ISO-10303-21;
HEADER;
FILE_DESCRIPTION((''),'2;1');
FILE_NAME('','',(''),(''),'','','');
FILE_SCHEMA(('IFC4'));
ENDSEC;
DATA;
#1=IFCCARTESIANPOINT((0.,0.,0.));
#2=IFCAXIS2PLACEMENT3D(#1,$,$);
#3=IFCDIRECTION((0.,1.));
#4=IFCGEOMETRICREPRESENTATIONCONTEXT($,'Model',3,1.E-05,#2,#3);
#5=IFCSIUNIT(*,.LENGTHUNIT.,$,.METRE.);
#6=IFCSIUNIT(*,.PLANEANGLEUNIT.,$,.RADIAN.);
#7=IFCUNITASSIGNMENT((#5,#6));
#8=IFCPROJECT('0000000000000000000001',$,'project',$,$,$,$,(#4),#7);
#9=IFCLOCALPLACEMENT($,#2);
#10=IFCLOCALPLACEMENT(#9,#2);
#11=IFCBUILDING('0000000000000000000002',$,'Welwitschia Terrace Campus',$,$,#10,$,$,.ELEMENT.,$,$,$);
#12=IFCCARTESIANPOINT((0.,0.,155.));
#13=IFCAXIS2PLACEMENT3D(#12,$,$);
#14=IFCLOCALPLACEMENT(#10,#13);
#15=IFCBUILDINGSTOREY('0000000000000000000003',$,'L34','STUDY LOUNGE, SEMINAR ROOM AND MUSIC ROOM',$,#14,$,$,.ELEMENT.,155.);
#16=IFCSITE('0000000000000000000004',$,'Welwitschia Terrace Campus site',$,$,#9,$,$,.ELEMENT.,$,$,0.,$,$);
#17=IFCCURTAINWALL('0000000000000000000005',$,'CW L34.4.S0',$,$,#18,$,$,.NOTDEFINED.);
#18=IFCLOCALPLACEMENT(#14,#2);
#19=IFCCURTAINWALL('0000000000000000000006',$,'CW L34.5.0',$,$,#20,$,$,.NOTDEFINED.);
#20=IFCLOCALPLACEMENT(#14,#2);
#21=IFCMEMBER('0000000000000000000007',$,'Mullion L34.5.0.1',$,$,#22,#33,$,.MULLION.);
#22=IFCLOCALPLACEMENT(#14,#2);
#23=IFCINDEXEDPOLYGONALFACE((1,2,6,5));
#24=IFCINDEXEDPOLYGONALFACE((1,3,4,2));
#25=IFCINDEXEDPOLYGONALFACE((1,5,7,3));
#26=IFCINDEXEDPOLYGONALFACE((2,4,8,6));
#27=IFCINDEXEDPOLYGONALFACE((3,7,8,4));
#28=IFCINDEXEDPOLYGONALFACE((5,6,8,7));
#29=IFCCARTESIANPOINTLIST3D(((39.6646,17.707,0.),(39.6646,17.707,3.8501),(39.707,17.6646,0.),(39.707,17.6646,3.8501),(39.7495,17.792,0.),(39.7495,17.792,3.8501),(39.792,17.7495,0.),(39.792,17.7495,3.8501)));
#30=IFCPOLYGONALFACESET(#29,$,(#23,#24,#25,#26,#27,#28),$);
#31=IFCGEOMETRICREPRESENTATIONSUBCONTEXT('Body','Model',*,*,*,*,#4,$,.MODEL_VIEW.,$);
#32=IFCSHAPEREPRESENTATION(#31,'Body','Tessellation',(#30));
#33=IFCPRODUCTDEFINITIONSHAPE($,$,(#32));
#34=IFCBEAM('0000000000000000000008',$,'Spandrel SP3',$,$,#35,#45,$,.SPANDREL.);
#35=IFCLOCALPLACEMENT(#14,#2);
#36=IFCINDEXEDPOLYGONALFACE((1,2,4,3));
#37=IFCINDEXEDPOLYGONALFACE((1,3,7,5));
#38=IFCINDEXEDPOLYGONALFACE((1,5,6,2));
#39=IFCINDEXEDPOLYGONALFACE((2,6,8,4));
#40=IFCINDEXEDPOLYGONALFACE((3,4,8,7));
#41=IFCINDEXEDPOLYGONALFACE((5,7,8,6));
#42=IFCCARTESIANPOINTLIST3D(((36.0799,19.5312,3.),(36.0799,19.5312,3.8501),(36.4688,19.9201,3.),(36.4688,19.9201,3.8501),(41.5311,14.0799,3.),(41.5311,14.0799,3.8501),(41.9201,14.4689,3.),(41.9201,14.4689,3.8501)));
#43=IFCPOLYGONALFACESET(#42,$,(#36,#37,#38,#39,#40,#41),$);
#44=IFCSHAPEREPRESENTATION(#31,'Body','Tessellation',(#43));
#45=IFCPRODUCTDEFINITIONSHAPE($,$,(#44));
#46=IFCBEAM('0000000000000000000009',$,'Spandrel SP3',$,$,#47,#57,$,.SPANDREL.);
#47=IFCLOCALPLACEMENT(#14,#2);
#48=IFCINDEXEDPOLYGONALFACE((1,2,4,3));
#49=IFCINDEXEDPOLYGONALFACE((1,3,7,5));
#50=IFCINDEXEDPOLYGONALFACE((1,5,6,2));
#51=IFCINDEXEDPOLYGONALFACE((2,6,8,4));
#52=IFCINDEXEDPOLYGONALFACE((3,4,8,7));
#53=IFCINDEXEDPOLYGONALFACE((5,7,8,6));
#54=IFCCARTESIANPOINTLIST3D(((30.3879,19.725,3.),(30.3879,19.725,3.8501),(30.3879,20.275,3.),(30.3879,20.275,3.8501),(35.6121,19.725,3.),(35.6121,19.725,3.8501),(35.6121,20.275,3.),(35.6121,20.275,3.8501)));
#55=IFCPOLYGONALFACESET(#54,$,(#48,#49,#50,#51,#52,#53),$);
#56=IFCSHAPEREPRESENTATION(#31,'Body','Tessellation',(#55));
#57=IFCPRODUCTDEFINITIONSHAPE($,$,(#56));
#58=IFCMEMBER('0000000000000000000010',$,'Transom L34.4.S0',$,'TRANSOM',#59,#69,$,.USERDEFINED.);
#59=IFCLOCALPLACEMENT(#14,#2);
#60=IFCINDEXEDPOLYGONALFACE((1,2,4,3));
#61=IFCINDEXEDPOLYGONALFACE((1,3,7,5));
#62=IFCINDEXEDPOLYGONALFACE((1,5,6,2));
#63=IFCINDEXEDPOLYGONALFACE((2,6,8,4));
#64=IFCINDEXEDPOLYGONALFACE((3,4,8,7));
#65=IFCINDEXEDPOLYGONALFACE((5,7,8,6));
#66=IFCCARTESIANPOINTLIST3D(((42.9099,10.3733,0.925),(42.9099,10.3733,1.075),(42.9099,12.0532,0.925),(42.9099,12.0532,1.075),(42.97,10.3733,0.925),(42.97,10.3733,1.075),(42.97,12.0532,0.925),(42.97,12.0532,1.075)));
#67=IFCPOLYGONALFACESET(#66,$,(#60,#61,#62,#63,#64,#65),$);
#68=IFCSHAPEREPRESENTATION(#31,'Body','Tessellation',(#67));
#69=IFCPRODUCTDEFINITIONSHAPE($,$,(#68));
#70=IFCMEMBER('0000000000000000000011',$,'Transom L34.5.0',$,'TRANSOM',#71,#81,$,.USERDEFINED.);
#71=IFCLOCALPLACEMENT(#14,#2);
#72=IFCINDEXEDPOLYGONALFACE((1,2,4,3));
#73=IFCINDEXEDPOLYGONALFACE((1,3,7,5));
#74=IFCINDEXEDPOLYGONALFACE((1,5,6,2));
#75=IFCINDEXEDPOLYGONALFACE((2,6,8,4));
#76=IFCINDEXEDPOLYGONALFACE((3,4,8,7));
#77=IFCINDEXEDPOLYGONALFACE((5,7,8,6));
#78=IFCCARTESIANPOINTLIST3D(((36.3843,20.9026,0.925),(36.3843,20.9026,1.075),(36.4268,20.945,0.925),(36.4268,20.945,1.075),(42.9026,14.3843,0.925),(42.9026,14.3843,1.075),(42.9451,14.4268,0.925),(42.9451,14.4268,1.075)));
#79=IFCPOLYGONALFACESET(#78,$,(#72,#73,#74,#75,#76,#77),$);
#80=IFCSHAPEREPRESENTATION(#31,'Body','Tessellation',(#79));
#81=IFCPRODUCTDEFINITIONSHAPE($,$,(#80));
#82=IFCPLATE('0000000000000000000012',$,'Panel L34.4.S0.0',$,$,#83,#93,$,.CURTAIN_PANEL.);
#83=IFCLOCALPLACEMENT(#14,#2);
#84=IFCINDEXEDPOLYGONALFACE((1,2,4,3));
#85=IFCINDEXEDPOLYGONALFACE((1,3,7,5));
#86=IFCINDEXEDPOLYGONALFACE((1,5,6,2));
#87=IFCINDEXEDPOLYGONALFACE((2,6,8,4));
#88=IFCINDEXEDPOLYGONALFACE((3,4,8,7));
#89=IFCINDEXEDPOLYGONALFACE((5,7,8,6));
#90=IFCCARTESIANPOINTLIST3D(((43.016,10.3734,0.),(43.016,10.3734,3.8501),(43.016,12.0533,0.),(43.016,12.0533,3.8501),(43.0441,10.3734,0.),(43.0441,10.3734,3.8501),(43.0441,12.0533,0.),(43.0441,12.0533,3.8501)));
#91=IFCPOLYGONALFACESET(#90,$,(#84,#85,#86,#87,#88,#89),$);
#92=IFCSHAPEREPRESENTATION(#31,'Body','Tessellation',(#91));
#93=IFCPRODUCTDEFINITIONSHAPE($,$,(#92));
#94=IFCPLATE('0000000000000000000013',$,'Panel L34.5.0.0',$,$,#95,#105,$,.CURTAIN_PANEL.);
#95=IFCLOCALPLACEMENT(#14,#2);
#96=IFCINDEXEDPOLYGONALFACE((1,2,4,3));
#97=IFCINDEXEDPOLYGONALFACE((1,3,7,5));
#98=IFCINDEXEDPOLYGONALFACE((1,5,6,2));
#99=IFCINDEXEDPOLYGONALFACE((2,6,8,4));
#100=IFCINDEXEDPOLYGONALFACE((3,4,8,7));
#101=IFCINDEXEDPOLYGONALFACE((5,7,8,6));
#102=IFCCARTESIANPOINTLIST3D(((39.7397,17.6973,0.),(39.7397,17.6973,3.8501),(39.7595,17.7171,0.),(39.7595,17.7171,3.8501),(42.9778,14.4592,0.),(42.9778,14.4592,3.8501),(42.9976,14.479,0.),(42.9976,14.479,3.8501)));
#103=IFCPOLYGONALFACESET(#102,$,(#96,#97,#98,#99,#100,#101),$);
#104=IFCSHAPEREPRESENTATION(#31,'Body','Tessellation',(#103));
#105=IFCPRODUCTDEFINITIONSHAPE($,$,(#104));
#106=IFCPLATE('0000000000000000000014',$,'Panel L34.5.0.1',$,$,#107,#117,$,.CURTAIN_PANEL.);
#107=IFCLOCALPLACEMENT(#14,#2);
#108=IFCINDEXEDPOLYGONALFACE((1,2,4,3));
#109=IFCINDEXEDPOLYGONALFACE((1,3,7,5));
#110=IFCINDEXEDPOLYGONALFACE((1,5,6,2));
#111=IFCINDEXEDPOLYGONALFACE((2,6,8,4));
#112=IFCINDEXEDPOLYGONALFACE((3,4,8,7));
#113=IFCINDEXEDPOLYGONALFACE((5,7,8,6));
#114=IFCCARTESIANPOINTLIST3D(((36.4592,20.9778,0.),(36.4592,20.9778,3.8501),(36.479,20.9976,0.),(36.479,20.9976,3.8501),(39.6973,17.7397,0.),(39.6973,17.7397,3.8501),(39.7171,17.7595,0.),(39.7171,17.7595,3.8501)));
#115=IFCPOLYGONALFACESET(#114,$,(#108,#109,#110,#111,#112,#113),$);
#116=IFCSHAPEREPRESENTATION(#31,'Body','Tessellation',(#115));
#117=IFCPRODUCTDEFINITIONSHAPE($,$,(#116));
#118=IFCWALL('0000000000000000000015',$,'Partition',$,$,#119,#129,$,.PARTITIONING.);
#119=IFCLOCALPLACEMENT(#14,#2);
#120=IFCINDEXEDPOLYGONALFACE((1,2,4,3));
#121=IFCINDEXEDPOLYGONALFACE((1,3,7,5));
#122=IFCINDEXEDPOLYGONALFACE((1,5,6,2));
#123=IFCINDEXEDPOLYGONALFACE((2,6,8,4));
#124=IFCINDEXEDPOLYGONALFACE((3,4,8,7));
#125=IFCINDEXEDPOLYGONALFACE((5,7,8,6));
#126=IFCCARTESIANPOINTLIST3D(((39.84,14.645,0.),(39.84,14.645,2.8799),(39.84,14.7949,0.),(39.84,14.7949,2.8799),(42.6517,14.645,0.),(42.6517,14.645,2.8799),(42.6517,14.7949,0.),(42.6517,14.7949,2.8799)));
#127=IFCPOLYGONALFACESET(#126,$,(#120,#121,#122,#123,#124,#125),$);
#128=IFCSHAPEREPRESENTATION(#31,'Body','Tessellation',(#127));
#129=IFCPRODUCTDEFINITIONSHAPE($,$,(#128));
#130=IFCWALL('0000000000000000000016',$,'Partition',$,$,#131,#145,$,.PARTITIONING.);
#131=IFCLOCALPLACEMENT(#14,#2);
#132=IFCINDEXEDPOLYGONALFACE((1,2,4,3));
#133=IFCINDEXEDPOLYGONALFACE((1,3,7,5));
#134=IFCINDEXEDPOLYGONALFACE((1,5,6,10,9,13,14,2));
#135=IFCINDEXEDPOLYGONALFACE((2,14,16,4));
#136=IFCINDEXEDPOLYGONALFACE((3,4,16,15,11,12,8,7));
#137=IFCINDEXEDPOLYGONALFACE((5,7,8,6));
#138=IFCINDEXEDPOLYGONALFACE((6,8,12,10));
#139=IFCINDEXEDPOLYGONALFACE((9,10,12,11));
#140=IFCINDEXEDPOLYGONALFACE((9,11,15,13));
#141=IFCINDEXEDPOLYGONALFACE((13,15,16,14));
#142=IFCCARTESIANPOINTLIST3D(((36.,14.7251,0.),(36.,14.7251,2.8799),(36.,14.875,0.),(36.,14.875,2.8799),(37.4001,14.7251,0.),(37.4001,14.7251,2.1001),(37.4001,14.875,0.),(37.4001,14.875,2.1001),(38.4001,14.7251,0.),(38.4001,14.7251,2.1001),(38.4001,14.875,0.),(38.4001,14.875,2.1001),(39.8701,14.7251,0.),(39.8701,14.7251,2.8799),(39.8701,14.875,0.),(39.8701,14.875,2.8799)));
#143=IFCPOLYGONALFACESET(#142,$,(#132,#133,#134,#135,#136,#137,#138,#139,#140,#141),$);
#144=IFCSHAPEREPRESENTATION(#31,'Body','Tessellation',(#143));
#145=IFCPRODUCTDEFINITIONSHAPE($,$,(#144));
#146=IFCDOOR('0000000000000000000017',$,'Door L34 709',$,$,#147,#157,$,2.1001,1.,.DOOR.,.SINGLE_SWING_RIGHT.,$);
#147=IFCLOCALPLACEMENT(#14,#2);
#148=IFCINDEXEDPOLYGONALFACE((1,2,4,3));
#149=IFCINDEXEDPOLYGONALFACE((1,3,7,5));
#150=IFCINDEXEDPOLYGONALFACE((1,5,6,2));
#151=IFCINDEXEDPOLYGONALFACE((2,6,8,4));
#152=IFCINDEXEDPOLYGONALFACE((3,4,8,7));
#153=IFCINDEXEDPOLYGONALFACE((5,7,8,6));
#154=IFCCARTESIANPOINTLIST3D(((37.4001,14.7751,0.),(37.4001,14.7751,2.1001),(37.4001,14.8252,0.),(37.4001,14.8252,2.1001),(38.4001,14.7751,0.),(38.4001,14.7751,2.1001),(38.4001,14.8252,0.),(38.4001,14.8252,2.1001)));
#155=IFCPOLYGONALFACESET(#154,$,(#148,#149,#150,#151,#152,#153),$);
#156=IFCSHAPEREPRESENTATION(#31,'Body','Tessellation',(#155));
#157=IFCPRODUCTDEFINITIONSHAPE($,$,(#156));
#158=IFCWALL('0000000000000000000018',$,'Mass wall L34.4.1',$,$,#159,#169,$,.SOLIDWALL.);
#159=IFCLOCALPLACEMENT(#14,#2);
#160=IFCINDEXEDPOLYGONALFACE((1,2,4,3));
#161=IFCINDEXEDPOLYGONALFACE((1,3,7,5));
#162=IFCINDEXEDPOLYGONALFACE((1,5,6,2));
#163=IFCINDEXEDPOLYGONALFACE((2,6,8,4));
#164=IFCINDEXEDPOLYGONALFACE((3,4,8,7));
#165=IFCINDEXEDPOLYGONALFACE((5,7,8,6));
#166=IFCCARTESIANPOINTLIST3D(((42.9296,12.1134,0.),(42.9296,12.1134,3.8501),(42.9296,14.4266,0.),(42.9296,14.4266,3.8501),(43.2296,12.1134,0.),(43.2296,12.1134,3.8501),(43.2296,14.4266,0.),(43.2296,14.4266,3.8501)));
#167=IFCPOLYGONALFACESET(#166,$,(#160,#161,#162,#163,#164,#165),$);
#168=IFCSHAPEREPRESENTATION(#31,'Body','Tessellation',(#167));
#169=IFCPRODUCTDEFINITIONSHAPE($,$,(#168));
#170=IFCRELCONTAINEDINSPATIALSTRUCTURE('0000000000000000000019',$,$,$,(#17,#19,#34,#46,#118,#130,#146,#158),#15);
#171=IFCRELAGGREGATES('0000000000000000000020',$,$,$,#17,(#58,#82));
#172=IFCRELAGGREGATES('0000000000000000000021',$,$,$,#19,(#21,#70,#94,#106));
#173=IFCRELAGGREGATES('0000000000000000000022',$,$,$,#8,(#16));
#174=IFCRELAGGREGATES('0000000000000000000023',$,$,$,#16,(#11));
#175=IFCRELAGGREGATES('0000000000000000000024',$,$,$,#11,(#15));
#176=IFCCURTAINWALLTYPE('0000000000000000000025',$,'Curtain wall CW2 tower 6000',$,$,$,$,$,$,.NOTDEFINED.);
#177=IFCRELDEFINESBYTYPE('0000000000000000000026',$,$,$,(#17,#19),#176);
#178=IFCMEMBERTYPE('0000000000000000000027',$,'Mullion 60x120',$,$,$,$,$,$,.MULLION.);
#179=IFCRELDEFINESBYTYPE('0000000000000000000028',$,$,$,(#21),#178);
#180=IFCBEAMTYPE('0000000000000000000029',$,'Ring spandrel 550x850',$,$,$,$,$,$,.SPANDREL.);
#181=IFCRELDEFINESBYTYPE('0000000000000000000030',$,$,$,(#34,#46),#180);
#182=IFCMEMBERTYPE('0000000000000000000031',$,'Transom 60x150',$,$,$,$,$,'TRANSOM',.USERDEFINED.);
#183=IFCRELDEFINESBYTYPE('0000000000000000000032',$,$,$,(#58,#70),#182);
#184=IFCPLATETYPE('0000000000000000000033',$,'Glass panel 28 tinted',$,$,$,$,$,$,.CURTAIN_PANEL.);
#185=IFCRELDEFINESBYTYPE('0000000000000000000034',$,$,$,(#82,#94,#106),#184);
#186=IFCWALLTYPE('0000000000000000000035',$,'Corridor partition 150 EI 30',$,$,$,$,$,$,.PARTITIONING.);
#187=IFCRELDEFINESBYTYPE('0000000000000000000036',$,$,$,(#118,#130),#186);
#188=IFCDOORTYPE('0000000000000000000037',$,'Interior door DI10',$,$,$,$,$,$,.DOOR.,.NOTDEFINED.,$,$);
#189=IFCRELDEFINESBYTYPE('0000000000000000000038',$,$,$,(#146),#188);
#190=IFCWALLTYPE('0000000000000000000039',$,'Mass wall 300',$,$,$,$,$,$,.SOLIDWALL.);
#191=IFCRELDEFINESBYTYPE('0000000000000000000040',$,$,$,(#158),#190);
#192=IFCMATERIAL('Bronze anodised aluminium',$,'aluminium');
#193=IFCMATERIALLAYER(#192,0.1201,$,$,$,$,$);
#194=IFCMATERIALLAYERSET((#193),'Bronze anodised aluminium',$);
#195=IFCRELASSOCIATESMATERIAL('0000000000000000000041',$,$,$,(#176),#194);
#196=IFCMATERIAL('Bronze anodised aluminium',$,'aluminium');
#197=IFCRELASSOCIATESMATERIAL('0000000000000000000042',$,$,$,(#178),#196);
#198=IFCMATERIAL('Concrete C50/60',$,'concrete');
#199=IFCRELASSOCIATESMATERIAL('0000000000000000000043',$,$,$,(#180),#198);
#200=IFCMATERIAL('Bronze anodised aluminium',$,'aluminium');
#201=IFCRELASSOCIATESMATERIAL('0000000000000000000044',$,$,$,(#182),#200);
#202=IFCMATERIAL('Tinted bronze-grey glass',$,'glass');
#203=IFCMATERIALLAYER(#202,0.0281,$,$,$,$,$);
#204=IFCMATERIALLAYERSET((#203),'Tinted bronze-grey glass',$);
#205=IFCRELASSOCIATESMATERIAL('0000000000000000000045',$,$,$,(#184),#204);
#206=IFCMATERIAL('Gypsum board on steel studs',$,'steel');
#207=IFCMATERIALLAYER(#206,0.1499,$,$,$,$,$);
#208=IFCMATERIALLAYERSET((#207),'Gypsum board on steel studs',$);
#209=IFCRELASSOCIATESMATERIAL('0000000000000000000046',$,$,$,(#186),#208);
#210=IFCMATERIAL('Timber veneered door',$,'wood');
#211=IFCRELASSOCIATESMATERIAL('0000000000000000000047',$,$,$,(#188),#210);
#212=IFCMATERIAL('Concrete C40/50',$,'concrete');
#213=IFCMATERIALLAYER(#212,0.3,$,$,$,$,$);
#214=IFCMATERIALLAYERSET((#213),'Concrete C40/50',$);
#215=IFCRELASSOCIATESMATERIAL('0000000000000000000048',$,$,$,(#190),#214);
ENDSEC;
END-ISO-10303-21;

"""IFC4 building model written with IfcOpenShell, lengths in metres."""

from ifc_helpers import new_model, si_unit, direction, frame, frame_2d, origin, origin_2d, place, context, subcontext, project, spatial, rectangle, extrude, material, layer, layer_set, material_profile, profile_set, type_object, element, fill, aggregate, save


model = new_model("IFC4")

# Units and contexts
model_context = context("Model", 3, precision=1e-05, world=origin(), true_north=direction((0.0, 1.0)))
body_context = subcontext(model_context, "Body", "Model", "MODEL_VIEW")
ifc_project = project(units=[si_unit("LENGTHUNIT", "METRE"), si_unit("PLANEANGLEUNIT", "RADIAN")], contexts=[model_context])

# Site, building, storey
site_placement = place(None, origin())
site = spatial("IfcSite", under=ifc_project, at=site_placement, Name="Welwitschia Terrace Campus site", CompositionType="ELEMENT", RefElevation=0.0)
building_placement = place(site_placement, origin())
building = spatial("IfcBuilding", under=site, at=building_placement, Name="Welwitschia Terrace Campus", CompositionType="ELEMENT")
storey_placement = place(building_placement, frame((0.0, 0.0, 155.0)))
storey = spatial("IfcBuildingStorey", under=building, at=storey_placement, Name="L34", Description="STUDY LOUNGE, SEMINAR ROOM AND MUSIC ROOM", CompositionType="ELEMENT", Elevation=155.0)

# Curtain walls, member
ifc_material_1 = material(Name="Bronze anodised aluminium", Category="aluminium")
ifc_layer_1 = layer(ifc_material_1, 0.1201)
ifc_layer_set_1 = layer_set([ifc_layer_1], Name="Bronze anodised aluminium")
curtain_wall_type = type_object("IfcCurtainWallType", Name="Curtain wall CW2 tower 6000", PredefinedType="NOTDEFINED", material=ifc_layer_set_1)
curtain_wall_1_placement = place(storey_placement, origin())
curtain_wall_1 = element("IfcCurtainWall", 1, at=curtain_wall_1_placement, inside=storey, type_object=curtain_wall_type, Name="CW L34.4.S0", PredefinedType="NOTDEFINED")
ifc_material_2 = material(Name="Bronze anodised aluminium", Category="aluminium")
ifc_material_profile_1 = material_profile(ifc_material_2, rectangle(XDim=0.1201, YDim=0.0601, at=origin_2d()))
ifc_profile_set_1 = profile_set([ifc_material_profile_1], Name="Bronze anodised aluminium")
member_type_1 = type_object("IfcMemberType", Name="Mullion 60x120", PredefinedType="MULLION", material=ifc_profile_set_1)
curtain_wall_2_placement = place(storey_placement, origin())
curtain_wall_2 = element("IfcCurtainWall", 2, at=curtain_wall_2_placement, inside=storey, type_object=curtain_wall_type, Name="CW L34.5.0", PredefinedType="NOTDEFINED")
member_1_placement = place(storey_placement, frame((39.7283, 17.7283, 0.0), z_axis=(0.0, 0.0, 1.0), x_axis=(-0.707107, -0.707107, 0.0)))
member_1 = element("IfcMember", 3, at=member_1_placement, type_object=member_type_1, Name="Mullion L34.5.0.1", PredefinedType="MULLION", context=body_context, shape_type="SweptSolid", body=[
    extrude(rectangle(XDim=0.1201, YDim=0.0601, at=origin_2d()), origin(), (0.0, 0.0, 1.0), 3.8501),
])

# Beams
ifc_material_3 = material(Name="Concrete C50/60", Category="concrete")
ifc_material_profile_2 = material_profile(ifc_material_3, rectangle(XDim=0.55, YDim=0.8501, at=origin_2d()))
ifc_profile_set_2 = profile_set([ifc_material_profile_2], Name="Concrete C50/60")
beam_type_1 = type_object("IfcBeamType", Name="Ring spandrel 550x850", PredefinedType="SPANDREL", material=ifc_profile_set_2)
beam_1_placement = place(storey_placement, frame((41.7256, 14.2744, 3.425), z_axis=(-0.707107, 0.707107, 0.0), x_axis=(-0.707107, -0.707107, 0.0)))
element("IfcBeam", 4, at=beam_1_placement, inside=storey, type_object=beam_type_1, Name="Spandrel SP3", PredefinedType="SPANDREL", context=body_context, shape_type="SweptSolid", body=[
    extrude(rectangle(XDim=0.55, YDim=0.8501, at=origin_2d()), origin(), (0.0, 0.0, 1.0), 7.7092),
])
beam_2_placement = place(storey_placement, frame((35.6121, 20.0, 3.425), z_axis=(-1.0, 0.0, 0.0), x_axis=(0.0, -1.0, 0.0)))
element("IfcBeam", 5, at=beam_2_placement, inside=storey, type_object=beam_type_1, Name="Spandrel SP3", PredefinedType="SPANDREL", context=body_context, shape_type="SweptSolid", body=[
    extrude(rectangle(XDim=0.55, YDim=0.8501, at=origin_2d()), origin(), (0.0, 0.0, 1.0), 5.2241),
])

# Members
ifc_material_4 = material(Name="Bronze anodised aluminium", Category="aluminium")
ifc_material_profile_3 = material_profile(ifc_material_4, rectangle(XDim=0.0601, YDim=0.1499, at=origin_2d()))
ifc_profile_set_3 = profile_set([ifc_material_profile_3], Name="Bronze anodised aluminium")
member_type_2 = type_object("IfcMemberType", Name="Transom 60x150", ElementType="TRANSOM", PredefinedType="USERDEFINED", material=ifc_profile_set_3)
member_2_placement = place(storey_placement, frame((42.9399, 10.3733, 1.0), z_axis=(0.0, 1.0, 0.0), x_axis=(-1.0, 0.0, 0.0)))
member_2 = element("IfcMember", 6, at=member_2_placement, type_object=member_type_2, Name="Transom L34.4.S0", ObjectType="TRANSOM", PredefinedType="USERDEFINED", context=body_context, shape_type="SweptSolid", body=[
    extrude(rectangle(XDim=0.0601, YDim=0.1499, at=origin_2d()), origin(), (0.0, 0.0, 1.0), 1.6799),
])
member_3_placement = place(storey_placement, frame((42.9238, 14.4055, 1.0), z_axis=(-0.707107, 0.707107, 0.0), x_axis=(-0.707107, -0.707107, 0.0)))
member_3 = element("IfcMember", 7, at=member_3_placement, type_object=member_type_2, Name="Transom L34.5.0", ObjectType="TRANSOM", PredefinedType="USERDEFINED", context=body_context, shape_type="SweptSolid", body=[
    extrude(rectangle(XDim=0.0601, YDim=0.1499, at=origin_2d()), origin(), (0.0, 0.0, 1.0), 9.2183),
])

# Plates
ifc_material_5 = material(Name="Tinted bronze-grey glass", Category="glass")
ifc_layer_2 = layer(ifc_material_5, 0.0281)
ifc_layer_set_2 = layer_set([ifc_layer_2], Name="Tinted bronze-grey glass")
plate_type = type_object("IfcPlateType", Name="Glass panel 28 tinted", PredefinedType="CURTAIN_PANEL", material=ifc_layer_set_2)
plate_1_placement = place(storey_placement, frame((43.03, 11.2134, 0.0), z_axis=(0.0, 0.0, 1.0), x_axis=(0.0, 1.0, 0.0)))
plate_1 = element("IfcPlate", 8, at=plate_1_placement, type_object=plate_type, Name="Panel L34.4.S0.0", PredefinedType="CURTAIN_PANEL", context=body_context, shape_type="SweptSolid", body=[
    extrude(rectangle(XDim=1.6799, YDim=0.0281, at=origin_2d()), origin(), (0.0, 0.0, 1.0), 3.8501),
])
aggregate(curtain_wall_1, [member_2, plate_1])
plate_2_placement = place(storey_placement, frame((41.3687, 16.0881, 0.0), z_axis=(0.0, 0.0, 1.0), x_axis=(-0.707107, 0.707107, 0.0)))
plate_2 = element("IfcPlate", 9, at=plate_2_placement, type_object=plate_type, Name="Panel L34.5.0.0", PredefinedType="CURTAIN_PANEL", context=body_context, shape_type="SweptSolid", body=[
    extrude(rectangle(XDim=4.5793, YDim=0.0281, at=origin_2d()), origin(), (0.0, 0.0, 1.0), 3.8501),
])
plate_3_placement = place(storey_placement, frame((38.0881, 19.3687, 0.0), z_axis=(0.0, 0.0, 1.0), x_axis=(-0.707107, 0.707107, 0.0)))
plate_3 = element("IfcPlate", 10, at=plate_3_placement, type_object=plate_type, Name="Panel L34.5.0.1", PredefinedType="CURTAIN_PANEL", context=body_context, shape_type="SweptSolid", body=[
    extrude(rectangle(XDim=4.5793, YDim=0.0281, at=origin_2d()), origin(), (0.0, 0.0, 1.0), 3.8501),
])
aggregate(curtain_wall_2, [member_1, member_3, plate_2, plate_3])

# Wall
ifc_material_6 = material(Name="Gypsum board on steel studs", Category="steel")
ifc_layer_3 = layer(ifc_material_6, 0.1499)
ifc_layer_set_3 = layer_set([ifc_layer_3], Name="Gypsum board on steel studs")
wall_type_1 = type_object("IfcWallType", Name="Corridor partition 150 EI 30", PredefinedType="PARTITIONING", material=ifc_layer_set_3)
wall_1_placement = place(storey_placement, frame((39.8401, 14.72, 0.0), z_axis=(0.0, 0.0, 1.0), x_axis=(1.0, 0.0, 0.0)))
element("IfcWall", 11, at=wall_1_placement, inside=storey, type_object=wall_type_1, Name="Partition", PredefinedType="PARTITIONING", context=body_context, shape_type="SweptSolid", body=[
    extrude(rectangle(XDim=2.8118, YDim=0.1499, at=frame_2d((1.4058, 0.0))), origin(), (0.0, 0.0, 1.0), 2.8799),
])

# Wall, opening, door
wall_2_placement = place(storey_placement, frame((39.8701, 14.8, 0.0), z_axis=(0.0, 0.0, 1.0), x_axis=(-1.0, 0.0, 0.0)))
wall_2 = element("IfcWall", 12, at=wall_2_placement, inside=storey, type_object=wall_type_1, Name="Partition", PredefinedType="PARTITIONING", context=body_context, shape_type="SweptSolid", body=[
    extrude(rectangle(XDim=3.8701, YDim=0.1499, at=frame_2d((1.9351, 0.0))), origin(), (0.0, 0.0, 1.0), 2.8799),
])
opening_placement = place(wall_2_placement, frame((1.47, 0.0, 0.0)))
opening = element("IfcOpeningElement", 13, at=opening_placement, cuts=wall_2, PredefinedType="OPENING", context=body_context, shape_type="SweptSolid", body=[
    extrude(rectangle(XDim=1.0, YDim=2.1001, at=frame_2d((0.5, 1.05))), frame((0.0, 0.085, 0.0), z_axis=(0.0, -1.0, 0.0), x_axis=(1.0, 0.0, 0.0)), (0.0, 0.0, 1.0), 0.1699),
])
ifc_material_7 = material(Name="Timber veneered door", Category="wood")
door_type = type_object("IfcDoorType", Name="Interior door DI10", OperationType="NOTDEFINED", PredefinedType="DOOR", material=ifc_material_7)
door_placement = place(opening_placement, origin())
door = element("IfcDoor", 14, at=door_placement, inside=storey, type_object=door_type, Name="Door L34 709", OperationType="SINGLE_SWING_RIGHT", OverallHeight=2.1001, OverallWidth=1.0, PredefinedType="DOOR", context=body_context, shape_type="SweptSolid", body=[
    extrude(rectangle(XDim=1.0, YDim=2.1001, at=frame_2d((0.5, 1.05))), frame((0.0, 0.0249, 0.0), z_axis=(0.0, -1.0, 0.0), x_axis=(1.0, 0.0, 0.0)), (0.0, 0.0, 1.0), 0.05),
])
fill(opening, door)

# Wall
ifc_material_8 = material(Name="Concrete C40/50", Category="concrete")
ifc_layer_4 = layer(ifc_material_8, 0.3)
ifc_layer_set_4 = layer_set([ifc_layer_4], Name="Concrete C40/50")
wall_type_2 = type_object("IfcWallType", Name="Mass wall 300", PredefinedType="SOLIDWALL", material=ifc_layer_set_4)
wall_3_placement = place(storey_placement, frame((43.0796, 12.1133, 0.0), z_axis=(0.0, 0.0, 1.0), x_axis=(0.0, 1.0, 0.0)))
element("IfcWall", 15, at=wall_3_placement, inside=storey, type_object=wall_type_2, Name="Mass wall L34.4.1", PredefinedType="SOLIDWALL", context=body_context, shape_type="SweptSolid", body=[
    extrude(rectangle(XDim=2.3132, YDim=0.3, at=frame_2d((1.1567, 0.0))), origin(), (0.0, 0.0, 1.0), 3.8501),
])

save(model, "model.ifc")
